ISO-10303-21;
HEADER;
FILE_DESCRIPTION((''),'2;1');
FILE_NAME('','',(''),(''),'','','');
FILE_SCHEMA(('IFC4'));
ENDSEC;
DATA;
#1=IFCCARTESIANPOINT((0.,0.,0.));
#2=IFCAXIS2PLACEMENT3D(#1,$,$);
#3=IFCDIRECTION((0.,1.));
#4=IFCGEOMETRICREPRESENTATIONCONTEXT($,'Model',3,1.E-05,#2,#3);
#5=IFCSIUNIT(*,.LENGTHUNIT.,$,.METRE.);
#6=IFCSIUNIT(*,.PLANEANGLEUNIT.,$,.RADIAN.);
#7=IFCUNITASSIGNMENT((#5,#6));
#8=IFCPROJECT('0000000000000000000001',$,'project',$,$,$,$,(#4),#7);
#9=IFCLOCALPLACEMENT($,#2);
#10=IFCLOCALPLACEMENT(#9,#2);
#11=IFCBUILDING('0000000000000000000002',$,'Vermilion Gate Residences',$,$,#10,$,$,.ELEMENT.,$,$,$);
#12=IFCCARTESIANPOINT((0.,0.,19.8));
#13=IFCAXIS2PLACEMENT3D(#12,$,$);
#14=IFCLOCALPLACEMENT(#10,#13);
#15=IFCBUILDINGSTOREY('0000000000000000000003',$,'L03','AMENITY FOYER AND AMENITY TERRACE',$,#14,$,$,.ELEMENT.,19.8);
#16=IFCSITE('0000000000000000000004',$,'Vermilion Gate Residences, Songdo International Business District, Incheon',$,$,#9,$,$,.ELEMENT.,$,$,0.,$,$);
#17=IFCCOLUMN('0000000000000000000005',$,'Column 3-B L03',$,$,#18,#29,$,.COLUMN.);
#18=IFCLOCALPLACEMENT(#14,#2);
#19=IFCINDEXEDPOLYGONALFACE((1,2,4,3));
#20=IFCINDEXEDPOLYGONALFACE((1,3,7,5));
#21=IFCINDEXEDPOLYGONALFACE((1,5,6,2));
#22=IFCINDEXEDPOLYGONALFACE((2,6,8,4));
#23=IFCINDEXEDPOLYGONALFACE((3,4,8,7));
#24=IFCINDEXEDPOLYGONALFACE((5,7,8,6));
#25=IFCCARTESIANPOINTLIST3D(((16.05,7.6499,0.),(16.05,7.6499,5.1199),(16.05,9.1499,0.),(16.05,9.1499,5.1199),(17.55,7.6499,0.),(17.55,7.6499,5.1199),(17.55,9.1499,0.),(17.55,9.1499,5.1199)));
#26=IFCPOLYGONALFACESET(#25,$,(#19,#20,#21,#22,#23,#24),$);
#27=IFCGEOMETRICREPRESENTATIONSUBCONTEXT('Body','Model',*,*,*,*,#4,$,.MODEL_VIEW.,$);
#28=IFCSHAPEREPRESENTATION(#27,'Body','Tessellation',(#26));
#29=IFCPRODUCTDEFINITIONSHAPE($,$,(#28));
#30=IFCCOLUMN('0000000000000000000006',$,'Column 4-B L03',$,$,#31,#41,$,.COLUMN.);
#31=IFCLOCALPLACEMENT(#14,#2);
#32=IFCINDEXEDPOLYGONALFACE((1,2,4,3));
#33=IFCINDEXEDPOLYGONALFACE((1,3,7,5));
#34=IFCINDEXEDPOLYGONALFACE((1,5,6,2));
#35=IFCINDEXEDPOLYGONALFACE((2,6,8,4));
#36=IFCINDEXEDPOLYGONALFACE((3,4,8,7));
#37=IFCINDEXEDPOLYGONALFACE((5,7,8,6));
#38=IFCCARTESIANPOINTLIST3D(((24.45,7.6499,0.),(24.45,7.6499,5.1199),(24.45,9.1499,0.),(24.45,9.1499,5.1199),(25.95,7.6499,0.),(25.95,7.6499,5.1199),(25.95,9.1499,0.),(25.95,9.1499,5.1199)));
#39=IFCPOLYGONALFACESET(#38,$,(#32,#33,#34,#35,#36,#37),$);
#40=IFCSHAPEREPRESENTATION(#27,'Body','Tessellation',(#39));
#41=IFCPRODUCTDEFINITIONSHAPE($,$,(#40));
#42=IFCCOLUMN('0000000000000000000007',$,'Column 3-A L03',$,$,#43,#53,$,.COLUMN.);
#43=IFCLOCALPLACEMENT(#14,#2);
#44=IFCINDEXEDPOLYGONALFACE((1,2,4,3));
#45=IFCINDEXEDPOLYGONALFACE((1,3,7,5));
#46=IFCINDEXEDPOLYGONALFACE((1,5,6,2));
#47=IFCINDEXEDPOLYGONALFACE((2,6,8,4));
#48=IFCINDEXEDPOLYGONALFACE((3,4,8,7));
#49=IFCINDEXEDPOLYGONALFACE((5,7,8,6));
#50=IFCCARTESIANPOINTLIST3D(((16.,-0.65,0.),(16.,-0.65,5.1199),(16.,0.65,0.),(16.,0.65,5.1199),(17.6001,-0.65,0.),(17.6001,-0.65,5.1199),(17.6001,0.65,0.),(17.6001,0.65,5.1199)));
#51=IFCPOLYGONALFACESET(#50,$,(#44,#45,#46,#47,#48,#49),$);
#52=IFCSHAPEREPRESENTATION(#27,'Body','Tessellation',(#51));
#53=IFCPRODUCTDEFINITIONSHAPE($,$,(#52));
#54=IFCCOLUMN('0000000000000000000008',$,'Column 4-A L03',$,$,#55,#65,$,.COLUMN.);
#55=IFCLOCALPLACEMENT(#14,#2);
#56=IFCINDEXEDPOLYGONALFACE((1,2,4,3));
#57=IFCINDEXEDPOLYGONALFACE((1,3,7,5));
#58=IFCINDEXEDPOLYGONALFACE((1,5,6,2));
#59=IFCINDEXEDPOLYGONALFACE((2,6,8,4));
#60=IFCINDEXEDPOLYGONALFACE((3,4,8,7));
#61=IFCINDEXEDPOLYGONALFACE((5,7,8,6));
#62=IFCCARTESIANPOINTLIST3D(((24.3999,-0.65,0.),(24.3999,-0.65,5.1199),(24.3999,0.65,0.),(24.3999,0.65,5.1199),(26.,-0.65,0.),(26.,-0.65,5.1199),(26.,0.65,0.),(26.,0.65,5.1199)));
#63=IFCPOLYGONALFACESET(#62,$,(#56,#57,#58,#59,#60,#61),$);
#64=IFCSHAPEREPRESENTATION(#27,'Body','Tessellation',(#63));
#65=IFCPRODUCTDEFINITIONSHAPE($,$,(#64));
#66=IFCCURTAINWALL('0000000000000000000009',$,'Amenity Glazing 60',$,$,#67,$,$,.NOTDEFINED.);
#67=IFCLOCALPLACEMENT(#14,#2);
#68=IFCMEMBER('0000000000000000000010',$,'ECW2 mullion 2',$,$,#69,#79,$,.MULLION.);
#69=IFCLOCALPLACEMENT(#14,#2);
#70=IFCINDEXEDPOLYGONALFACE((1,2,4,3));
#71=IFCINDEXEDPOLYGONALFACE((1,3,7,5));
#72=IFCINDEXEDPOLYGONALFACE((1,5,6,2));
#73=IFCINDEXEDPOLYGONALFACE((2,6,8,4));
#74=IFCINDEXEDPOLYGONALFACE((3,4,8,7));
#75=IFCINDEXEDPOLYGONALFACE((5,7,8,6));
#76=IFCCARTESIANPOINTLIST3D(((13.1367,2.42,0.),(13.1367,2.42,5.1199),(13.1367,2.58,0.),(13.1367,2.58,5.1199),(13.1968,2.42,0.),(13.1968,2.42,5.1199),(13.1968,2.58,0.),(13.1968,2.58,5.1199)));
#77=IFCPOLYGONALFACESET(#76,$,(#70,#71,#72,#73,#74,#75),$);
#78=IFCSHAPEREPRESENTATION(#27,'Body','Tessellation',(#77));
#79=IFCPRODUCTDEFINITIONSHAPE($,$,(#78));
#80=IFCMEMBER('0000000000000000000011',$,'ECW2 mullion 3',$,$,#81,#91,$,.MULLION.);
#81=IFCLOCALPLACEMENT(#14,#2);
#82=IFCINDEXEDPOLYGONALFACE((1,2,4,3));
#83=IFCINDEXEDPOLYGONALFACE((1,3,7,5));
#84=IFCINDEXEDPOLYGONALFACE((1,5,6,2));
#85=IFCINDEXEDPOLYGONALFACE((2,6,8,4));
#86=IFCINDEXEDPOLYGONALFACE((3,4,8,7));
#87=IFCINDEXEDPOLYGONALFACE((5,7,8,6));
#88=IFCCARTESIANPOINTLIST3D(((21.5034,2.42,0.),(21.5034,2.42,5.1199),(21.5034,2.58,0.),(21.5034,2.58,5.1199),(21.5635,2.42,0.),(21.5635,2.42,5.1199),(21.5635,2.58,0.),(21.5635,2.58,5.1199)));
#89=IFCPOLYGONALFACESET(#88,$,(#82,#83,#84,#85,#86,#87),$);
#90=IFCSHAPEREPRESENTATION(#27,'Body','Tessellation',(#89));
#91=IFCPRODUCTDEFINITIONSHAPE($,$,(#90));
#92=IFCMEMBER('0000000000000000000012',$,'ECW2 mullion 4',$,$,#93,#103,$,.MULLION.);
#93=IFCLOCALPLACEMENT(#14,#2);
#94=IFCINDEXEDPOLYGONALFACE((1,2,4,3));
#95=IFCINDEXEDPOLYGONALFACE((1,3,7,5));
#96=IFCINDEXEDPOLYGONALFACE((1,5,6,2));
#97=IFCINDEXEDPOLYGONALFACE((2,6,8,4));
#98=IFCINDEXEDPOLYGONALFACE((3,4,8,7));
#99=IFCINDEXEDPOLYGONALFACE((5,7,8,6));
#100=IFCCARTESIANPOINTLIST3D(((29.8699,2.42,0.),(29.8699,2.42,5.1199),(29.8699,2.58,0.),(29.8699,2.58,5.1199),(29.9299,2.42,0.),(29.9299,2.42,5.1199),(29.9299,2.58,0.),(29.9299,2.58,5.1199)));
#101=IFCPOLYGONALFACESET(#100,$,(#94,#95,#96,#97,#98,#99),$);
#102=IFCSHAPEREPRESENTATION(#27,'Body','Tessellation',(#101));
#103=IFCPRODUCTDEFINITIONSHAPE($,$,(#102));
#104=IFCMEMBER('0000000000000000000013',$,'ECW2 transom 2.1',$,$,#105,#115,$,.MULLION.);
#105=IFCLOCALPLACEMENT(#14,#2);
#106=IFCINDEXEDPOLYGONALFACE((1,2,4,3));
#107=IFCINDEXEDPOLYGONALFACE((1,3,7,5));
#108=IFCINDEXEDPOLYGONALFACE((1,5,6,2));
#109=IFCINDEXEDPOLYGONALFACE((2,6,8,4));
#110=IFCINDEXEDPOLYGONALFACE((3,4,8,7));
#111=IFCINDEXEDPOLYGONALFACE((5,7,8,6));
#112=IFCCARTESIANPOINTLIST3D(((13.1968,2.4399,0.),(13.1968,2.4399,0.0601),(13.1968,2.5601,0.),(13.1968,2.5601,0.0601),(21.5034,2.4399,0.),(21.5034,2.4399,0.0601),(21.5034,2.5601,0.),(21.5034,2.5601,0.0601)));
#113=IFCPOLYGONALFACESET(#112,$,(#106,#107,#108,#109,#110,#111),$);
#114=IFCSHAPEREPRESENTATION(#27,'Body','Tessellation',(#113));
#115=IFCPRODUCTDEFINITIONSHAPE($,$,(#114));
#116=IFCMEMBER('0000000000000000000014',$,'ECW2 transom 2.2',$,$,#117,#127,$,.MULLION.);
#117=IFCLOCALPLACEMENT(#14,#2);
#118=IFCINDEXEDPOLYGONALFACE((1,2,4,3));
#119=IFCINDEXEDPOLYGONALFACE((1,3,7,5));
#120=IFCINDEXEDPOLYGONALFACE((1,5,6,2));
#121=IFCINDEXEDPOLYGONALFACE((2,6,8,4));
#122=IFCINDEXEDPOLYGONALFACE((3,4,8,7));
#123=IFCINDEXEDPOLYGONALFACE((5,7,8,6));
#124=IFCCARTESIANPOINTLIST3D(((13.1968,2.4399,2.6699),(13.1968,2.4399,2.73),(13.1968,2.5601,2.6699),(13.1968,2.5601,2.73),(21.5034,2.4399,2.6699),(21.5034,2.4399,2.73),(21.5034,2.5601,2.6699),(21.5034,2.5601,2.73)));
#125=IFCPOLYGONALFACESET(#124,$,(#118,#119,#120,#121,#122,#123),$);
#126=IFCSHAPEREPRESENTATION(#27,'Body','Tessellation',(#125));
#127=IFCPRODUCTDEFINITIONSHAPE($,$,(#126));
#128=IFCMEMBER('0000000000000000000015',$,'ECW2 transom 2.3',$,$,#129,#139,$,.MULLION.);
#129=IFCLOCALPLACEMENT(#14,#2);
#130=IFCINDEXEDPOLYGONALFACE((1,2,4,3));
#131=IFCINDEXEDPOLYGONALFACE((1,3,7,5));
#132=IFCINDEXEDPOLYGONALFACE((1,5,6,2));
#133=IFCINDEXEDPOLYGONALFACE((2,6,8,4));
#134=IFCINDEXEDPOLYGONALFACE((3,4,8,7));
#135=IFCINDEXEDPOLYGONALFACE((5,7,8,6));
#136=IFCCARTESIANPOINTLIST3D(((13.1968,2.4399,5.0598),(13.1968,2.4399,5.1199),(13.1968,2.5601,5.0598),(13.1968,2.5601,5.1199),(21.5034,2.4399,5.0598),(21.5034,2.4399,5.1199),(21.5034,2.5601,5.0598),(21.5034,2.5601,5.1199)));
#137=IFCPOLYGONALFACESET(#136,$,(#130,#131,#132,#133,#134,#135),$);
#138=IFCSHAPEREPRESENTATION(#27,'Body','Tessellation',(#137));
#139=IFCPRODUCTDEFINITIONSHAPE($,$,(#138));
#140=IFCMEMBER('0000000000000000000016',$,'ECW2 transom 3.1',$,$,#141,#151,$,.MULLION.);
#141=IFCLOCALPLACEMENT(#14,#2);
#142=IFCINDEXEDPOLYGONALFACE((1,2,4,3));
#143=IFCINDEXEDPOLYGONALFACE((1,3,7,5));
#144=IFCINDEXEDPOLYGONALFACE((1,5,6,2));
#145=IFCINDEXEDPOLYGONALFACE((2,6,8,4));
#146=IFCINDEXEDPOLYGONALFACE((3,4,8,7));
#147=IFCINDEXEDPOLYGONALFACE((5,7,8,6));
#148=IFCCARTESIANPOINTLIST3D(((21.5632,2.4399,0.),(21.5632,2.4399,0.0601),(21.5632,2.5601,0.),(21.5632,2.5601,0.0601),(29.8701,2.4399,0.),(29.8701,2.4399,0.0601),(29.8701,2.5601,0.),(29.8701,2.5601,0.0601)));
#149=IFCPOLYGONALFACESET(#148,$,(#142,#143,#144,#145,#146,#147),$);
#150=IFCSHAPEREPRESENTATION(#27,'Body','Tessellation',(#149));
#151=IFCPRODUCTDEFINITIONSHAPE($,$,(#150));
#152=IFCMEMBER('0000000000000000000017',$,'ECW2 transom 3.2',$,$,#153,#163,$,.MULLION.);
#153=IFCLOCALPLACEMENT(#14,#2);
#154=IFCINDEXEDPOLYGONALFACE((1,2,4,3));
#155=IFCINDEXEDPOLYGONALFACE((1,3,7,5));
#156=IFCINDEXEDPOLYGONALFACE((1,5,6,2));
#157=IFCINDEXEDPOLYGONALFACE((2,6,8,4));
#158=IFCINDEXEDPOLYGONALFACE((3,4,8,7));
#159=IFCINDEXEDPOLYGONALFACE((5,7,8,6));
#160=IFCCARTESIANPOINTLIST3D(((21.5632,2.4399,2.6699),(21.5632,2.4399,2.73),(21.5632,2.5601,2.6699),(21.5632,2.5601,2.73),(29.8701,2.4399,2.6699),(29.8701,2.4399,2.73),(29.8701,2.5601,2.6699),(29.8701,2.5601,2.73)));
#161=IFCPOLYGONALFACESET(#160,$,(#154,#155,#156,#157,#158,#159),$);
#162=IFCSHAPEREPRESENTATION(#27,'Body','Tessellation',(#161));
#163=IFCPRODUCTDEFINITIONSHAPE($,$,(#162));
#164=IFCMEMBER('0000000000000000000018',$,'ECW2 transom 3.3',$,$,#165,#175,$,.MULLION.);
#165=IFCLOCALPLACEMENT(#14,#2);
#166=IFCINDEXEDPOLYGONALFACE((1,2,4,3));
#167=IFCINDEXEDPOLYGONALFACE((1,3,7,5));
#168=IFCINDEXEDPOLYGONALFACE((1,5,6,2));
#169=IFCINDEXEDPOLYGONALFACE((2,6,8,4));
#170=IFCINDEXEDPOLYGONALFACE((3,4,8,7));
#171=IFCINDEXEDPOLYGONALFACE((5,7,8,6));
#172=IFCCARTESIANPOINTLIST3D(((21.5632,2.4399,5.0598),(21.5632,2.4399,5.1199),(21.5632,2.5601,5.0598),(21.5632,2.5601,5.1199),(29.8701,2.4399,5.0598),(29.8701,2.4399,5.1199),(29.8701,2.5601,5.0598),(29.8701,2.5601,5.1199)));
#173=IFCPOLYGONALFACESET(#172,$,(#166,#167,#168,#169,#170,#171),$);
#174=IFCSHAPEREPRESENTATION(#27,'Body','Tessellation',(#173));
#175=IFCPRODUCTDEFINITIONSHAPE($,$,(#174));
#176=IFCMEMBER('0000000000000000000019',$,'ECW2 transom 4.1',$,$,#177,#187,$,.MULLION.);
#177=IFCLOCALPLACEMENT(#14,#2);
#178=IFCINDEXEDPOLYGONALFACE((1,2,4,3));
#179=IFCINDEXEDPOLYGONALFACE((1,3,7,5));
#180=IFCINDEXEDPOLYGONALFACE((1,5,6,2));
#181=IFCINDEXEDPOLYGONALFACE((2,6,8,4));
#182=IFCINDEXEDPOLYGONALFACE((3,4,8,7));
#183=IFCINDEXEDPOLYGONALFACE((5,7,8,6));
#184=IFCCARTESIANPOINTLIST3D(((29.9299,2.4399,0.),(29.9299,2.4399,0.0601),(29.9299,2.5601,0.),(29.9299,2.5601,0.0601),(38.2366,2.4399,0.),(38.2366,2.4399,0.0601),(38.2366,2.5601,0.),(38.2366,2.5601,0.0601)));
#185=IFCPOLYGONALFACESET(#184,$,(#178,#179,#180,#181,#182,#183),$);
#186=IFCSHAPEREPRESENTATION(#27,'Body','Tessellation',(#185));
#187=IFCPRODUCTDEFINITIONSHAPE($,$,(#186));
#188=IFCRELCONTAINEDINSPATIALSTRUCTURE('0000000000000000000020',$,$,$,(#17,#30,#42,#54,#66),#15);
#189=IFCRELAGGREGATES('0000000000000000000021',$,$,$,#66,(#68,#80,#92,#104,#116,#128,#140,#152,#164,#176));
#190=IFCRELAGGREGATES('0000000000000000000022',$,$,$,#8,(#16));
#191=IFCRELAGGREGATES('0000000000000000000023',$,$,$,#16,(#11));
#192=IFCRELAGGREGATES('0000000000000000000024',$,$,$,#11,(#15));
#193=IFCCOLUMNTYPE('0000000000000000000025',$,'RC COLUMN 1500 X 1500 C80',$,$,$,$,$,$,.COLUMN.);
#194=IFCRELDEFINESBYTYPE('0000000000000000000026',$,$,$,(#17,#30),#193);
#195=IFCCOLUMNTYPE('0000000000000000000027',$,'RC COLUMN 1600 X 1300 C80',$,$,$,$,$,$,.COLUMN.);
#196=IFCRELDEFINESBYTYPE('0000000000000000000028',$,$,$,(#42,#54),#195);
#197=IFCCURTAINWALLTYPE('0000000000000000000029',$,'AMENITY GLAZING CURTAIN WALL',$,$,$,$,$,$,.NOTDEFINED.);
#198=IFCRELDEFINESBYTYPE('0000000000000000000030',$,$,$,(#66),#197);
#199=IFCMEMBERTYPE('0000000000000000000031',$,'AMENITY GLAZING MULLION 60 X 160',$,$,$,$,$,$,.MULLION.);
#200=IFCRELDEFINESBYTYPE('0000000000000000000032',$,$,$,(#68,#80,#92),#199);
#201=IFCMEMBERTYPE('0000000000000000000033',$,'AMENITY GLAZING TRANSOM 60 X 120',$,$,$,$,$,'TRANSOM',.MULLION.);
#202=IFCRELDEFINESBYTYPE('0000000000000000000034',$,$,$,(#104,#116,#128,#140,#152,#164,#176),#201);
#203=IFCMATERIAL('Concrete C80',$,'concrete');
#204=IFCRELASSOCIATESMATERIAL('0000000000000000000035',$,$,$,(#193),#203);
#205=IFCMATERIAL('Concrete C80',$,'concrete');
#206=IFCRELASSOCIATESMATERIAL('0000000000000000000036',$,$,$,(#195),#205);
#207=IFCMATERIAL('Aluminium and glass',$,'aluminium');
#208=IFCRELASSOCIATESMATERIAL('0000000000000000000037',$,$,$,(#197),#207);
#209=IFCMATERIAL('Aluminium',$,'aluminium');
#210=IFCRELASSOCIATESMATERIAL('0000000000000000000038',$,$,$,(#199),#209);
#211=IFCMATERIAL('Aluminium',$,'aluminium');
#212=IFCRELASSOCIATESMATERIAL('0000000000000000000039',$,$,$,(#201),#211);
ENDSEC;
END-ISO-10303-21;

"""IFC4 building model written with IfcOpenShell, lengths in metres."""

from ifc_helpers import new_model, si_unit, direction, frame, origin, origin_2d, place, context, subcontext, project, spatial, rectangle, extrude, material, material_profile, profile_set, type_object, element, aggregate, save


model = new_model("IFC4")

# Units and contexts
model_context = context("Model", 3, precision=1e-05, world=origin(), true_north=direction((0.0, 1.0)))
body_context = subcontext(model_context, "Body", "Model", "MODEL_VIEW")
ifc_project = project(units=[si_unit("LENGTHUNIT", "METRE"), si_unit("PLANEANGLEUNIT", "RADIAN")], contexts=[model_context])

# Site, building, storey
site_placement = place(None, origin())
site = spatial("IfcSite", under=ifc_project, at=site_placement, Name="Vermilion Gate Residences, Songdo International Business District, Incheon", CompositionType="ELEMENT", RefElevation=0.0)
building_placement = place(site_placement, origin())
building = spatial("IfcBuilding", under=site, at=building_placement, Name="Vermilion Gate Residences", CompositionType="ELEMENT")
storey_placement = place(building_placement, frame((0.0, 0.0, 19.8)))
storey = spatial("IfcBuildingStorey", under=building, at=storey_placement, Name="L03", Description="AMENITY FOYER AND AMENITY TERRACE", CompositionType="ELEMENT", Elevation=19.8)

# Columns
ifc_material_1 = material(Name="Concrete C80", Category="concrete")
ifc_material_profile_1 = material_profile(ifc_material_1, rectangle(XDim=1.5, YDim=1.5, at=origin_2d()), Name="RC-1500x1500")
ifc_profile_set_1 = profile_set([ifc_material_profile_1], Name="Concrete C80")
column_type_1 = type_object("IfcColumnType", Name="RC COLUMN 1500 X 1500 C80", PredefinedType="COLUMN", material=ifc_profile_set_1)
for number, where, z_axis, x_axis, name in (
    (1, (16.8, 8.3999, 0.0), (0.0, 0.0, 1.0), (1.0, 0.0, 0.0), "Column 3-B L03"),
    (2, (25.2, 8.3999, 0.0), (0.0, 0.0, 1.0), (1.0, 0.0, 0.0), "Column 4-B L03"),
):
    element("IfcColumn", number, at=place(storey_placement, frame(where, z_axis=z_axis, x_axis=x_axis)), inside=storey, type_object=column_type_1, Name=name, PredefinedType="COLUMN", context=body_context, shape_type="SweptSolid", body=[
        extrude(rectangle(XDim=1.5, YDim=1.5, at=origin_2d()), origin(), (0.0, 0.0, 1.0), 5.1199),
    ])
ifc_material_2 = material(Name="Concrete C80", Category="concrete")
ifc_material_profile_2 = material_profile(ifc_material_2, rectangle(XDim=1.6001, YDim=1.3, at=origin_2d()), Name="RC-1600x1300")
ifc_profile_set_2 = profile_set([ifc_material_profile_2], Name="Concrete C80")
column_type_2 = type_object("IfcColumnType", Name="RC COLUMN 1600 X 1300 C80", PredefinedType="COLUMN", material=ifc_profile_set_2)
for number, where, z_axis, x_axis, name in (
    (3, (16.8, 0.0, 0.0), (0.0, 0.0, 1.0), (1.0, 0.0, 0.0), "Column 3-A L03"),
    (4, (25.2, 0.0, 0.0), (0.0, 0.0, 1.0), (1.0, 0.0, 0.0), "Column 4-A L03"),
):
    element("IfcColumn", number, at=place(storey_placement, frame(where, z_axis=z_axis, x_axis=x_axis)), inside=storey, type_object=column_type_2, Name=name, PredefinedType="COLUMN", context=body_context, shape_type="SweptSolid", body=[
        extrude(rectangle(XDim=1.6001, YDim=1.3, at=origin_2d()), origin(), (0.0, 0.0, 1.0), 5.1199),
    ])

# Curtain wall, members
ifc_material_3 = material(Name="Aluminium and glass", Category="aluminium")
curtain_wall_type = type_object("IfcCurtainWallType", Name="AMENITY GLAZING CURTAIN WALL", PredefinedType="NOTDEFINED", material=ifc_material_3)
curtain_wall_placement = place(storey_placement, origin())
curtain_wall = element("IfcCurtainWall", 5, at=curtain_wall_placement, inside=storey, type_object=curtain_wall_type, Name="Amenity Glazing 60", PredefinedType="NOTDEFINED")
ifc_material_4 = material(Name="Aluminium", Category="aluminium")
ifc_material_profile_3 = material_profile(ifc_material_4, rectangle(XDim=0.1599, YDim=0.0601, at=origin_2d()), Name="MULLION 60 X 160")
ifc_profile_set_3 = profile_set([ifc_material_profile_3], Name="Aluminium")
member_type_1 = type_object("IfcMemberType", Name="AMENITY GLAZING MULLION 60 X 160", PredefinedType="MULLION", material=ifc_profile_set_3)
member_1_placement = place(storey_placement, frame((13.1667, 2.5, 0.0), z_axis=(0.0, 0.0, 1.0), x_axis=(0.0, 1.0, 0.0)))
member_1 = element("IfcMember", 6, at=member_1_placement, type_object=member_type_1, Name="ECW2 mullion 2", PredefinedType="MULLION", context=body_context, shape_type="SweptSolid", body=[
    extrude(rectangle(XDim=0.1599, YDim=0.0601, at=origin_2d()), origin(), (0.0, 0.0, 1.0), 5.1199),
])
member_2_placement = place(storey_placement, frame((21.5334, 2.5, 0.0), z_axis=(0.0, 0.0, 1.0), x_axis=(0.0, 1.0, 0.0)))
member_2 = element("IfcMember", 7, at=member_2_placement, type_object=member_type_1, Name="ECW2 mullion 3", PredefinedType="MULLION", context=body_context, shape_type="SweptSolid", body=[
    extrude(rectangle(XDim=0.1599, YDim=0.0601, at=origin_2d()), origin(), (0.0, 0.0, 1.0), 5.1199),
])
member_3_placement = place(storey_placement, frame((29.8999, 2.5, 0.0), z_axis=(0.0, 0.0, 1.0), x_axis=(0.0, 1.0, 0.0)))
member_3 = element("IfcMember", 8, at=member_3_placement, type_object=member_type_1, Name="ECW2 mullion 4", PredefinedType="MULLION", context=body_context, shape_type="SweptSolid", body=[
    extrude(rectangle(XDim=0.1599, YDim=0.0601, at=origin_2d()), origin(), (0.0, 0.0, 1.0), 5.1199),
])
ifc_material_5 = material(Name="Aluminium", Category="aluminium")
ifc_material_profile_4 = material_profile(ifc_material_5, rectangle(XDim=0.1201, YDim=0.0601, at=origin_2d()), Name="TRANSOM 60 X 120")
ifc_profile_set_4 = profile_set([ifc_material_profile_4], Name="Aluminium")
member_type_2 = type_object("IfcMemberType", Name="AMENITY GLAZING TRANSOM 60 X 120", ElementType="TRANSOM", PredefinedType="MULLION", material=ifc_profile_set_4)
member_4_placement = place(storey_placement, frame((13.1968, 2.5, 0.03), z_axis=(1.0, 0.0, 0.0), x_axis=(0.0, 1.0, 0.0)))
member_4 = element("IfcMember", 9, at=member_4_placement, type_object=member_type_2, Name="ECW2 transom 2.1", PredefinedType="MULLION", context=body_context, shape_type="SweptSolid", body=[
    extrude(rectangle(XDim=0.1201, YDim=0.0601, at=origin_2d()), origin(), (0.0, 0.0, 1.0), 8.3066),
])
member_5_placement = place(storey_placement, frame((13.1968, 2.5, 2.7), z_axis=(1.0, 0.0, 0.0), x_axis=(0.0, 1.0, 0.0)))
member_5 = element("IfcMember", 10, at=member_5_placement, type_object=member_type_2, Name="ECW2 transom 2.2", PredefinedType="MULLION", context=body_context, shape_type="SweptSolid", body=[
    extrude(rectangle(XDim=0.1201, YDim=0.0601, at=origin_2d()), origin(), (0.0, 0.0, 1.0), 8.3066),
])
member_6_placement = place(storey_placement, frame((13.1968, 2.5, 5.0898), z_axis=(1.0, 0.0, 0.0), x_axis=(0.0, 1.0, 0.0)))
member_6 = element("IfcMember", 11, at=member_6_placement, type_object=member_type_2, Name="ECW2 transom 2.3", PredefinedType="MULLION", context=body_context, shape_type="SweptSolid", body=[
    extrude(rectangle(XDim=0.1201, YDim=0.0601, at=origin_2d()), origin(), (0.0, 0.0, 1.0), 8.3066),
])
member_7_placement = place(storey_placement, frame((21.5632, 2.5, 0.03), z_axis=(1.0, 0.0, 0.0), x_axis=(0.0, 1.0, 0.0)))
member_7 = element("IfcMember", 12, at=member_7_placement, type_object=member_type_2, Name="ECW2 transom 3.1", PredefinedType="MULLION", context=body_context, shape_type="SweptSolid", body=[
    extrude(rectangle(XDim=0.1201, YDim=0.0601, at=origin_2d()), origin(), (0.0, 0.0, 1.0), 8.3069),
])
member_8_placement = place(storey_placement, frame((21.5632, 2.5, 2.7), z_axis=(1.0, 0.0, 0.0), x_axis=(0.0, 1.0, 0.0)))
member_8 = element("IfcMember", 13, at=member_8_placement, type_object=member_type_2, Name="ECW2 transom 3.2", PredefinedType="MULLION", context=body_context, shape_type="SweptSolid", body=[
    extrude(rectangle(XDim=0.1201, YDim=0.0601, at=origin_2d()), origin(), (0.0, 0.0, 1.0), 8.3069),
])
member_9_placement = place(storey_placement, frame((21.5632, 2.5, 5.0898), z_axis=(1.0, 0.0, 0.0), x_axis=(0.0, 1.0, 0.0)))
member_9 = element("IfcMember", 14, at=member_9_placement, type_object=member_type_2, Name="ECW2 transom 3.3", PredefinedType="MULLION", context=body_context, shape_type="SweptSolid", body=[
    extrude(rectangle(XDim=0.1201, YDim=0.0601, at=origin_2d()), origin(), (0.0, 0.0, 1.0), 8.3069),
])
member_10_placement = place(storey_placement, frame((29.9299, 2.5, 0.03), z_axis=(1.0, 0.0, 0.0), x_axis=(0.0, 1.0, 0.0)))
member_10 = element("IfcMember", 15, at=member_10_placement, type_object=member_type_2, Name="ECW2 transom 4.1", PredefinedType="MULLION", context=body_context, shape_type="SweptSolid", body=[
    extrude(rectangle(XDim=0.1201, YDim=0.0601, at=origin_2d()), origin(), (0.0, 0.0, 1.0), 8.3066),
])

aggregate(curtain_wall, [member_1, member_2, member_3, member_4, member_5, member_6, member_7, member_8, member_9, member_10])

save(model, "model.ifc")
